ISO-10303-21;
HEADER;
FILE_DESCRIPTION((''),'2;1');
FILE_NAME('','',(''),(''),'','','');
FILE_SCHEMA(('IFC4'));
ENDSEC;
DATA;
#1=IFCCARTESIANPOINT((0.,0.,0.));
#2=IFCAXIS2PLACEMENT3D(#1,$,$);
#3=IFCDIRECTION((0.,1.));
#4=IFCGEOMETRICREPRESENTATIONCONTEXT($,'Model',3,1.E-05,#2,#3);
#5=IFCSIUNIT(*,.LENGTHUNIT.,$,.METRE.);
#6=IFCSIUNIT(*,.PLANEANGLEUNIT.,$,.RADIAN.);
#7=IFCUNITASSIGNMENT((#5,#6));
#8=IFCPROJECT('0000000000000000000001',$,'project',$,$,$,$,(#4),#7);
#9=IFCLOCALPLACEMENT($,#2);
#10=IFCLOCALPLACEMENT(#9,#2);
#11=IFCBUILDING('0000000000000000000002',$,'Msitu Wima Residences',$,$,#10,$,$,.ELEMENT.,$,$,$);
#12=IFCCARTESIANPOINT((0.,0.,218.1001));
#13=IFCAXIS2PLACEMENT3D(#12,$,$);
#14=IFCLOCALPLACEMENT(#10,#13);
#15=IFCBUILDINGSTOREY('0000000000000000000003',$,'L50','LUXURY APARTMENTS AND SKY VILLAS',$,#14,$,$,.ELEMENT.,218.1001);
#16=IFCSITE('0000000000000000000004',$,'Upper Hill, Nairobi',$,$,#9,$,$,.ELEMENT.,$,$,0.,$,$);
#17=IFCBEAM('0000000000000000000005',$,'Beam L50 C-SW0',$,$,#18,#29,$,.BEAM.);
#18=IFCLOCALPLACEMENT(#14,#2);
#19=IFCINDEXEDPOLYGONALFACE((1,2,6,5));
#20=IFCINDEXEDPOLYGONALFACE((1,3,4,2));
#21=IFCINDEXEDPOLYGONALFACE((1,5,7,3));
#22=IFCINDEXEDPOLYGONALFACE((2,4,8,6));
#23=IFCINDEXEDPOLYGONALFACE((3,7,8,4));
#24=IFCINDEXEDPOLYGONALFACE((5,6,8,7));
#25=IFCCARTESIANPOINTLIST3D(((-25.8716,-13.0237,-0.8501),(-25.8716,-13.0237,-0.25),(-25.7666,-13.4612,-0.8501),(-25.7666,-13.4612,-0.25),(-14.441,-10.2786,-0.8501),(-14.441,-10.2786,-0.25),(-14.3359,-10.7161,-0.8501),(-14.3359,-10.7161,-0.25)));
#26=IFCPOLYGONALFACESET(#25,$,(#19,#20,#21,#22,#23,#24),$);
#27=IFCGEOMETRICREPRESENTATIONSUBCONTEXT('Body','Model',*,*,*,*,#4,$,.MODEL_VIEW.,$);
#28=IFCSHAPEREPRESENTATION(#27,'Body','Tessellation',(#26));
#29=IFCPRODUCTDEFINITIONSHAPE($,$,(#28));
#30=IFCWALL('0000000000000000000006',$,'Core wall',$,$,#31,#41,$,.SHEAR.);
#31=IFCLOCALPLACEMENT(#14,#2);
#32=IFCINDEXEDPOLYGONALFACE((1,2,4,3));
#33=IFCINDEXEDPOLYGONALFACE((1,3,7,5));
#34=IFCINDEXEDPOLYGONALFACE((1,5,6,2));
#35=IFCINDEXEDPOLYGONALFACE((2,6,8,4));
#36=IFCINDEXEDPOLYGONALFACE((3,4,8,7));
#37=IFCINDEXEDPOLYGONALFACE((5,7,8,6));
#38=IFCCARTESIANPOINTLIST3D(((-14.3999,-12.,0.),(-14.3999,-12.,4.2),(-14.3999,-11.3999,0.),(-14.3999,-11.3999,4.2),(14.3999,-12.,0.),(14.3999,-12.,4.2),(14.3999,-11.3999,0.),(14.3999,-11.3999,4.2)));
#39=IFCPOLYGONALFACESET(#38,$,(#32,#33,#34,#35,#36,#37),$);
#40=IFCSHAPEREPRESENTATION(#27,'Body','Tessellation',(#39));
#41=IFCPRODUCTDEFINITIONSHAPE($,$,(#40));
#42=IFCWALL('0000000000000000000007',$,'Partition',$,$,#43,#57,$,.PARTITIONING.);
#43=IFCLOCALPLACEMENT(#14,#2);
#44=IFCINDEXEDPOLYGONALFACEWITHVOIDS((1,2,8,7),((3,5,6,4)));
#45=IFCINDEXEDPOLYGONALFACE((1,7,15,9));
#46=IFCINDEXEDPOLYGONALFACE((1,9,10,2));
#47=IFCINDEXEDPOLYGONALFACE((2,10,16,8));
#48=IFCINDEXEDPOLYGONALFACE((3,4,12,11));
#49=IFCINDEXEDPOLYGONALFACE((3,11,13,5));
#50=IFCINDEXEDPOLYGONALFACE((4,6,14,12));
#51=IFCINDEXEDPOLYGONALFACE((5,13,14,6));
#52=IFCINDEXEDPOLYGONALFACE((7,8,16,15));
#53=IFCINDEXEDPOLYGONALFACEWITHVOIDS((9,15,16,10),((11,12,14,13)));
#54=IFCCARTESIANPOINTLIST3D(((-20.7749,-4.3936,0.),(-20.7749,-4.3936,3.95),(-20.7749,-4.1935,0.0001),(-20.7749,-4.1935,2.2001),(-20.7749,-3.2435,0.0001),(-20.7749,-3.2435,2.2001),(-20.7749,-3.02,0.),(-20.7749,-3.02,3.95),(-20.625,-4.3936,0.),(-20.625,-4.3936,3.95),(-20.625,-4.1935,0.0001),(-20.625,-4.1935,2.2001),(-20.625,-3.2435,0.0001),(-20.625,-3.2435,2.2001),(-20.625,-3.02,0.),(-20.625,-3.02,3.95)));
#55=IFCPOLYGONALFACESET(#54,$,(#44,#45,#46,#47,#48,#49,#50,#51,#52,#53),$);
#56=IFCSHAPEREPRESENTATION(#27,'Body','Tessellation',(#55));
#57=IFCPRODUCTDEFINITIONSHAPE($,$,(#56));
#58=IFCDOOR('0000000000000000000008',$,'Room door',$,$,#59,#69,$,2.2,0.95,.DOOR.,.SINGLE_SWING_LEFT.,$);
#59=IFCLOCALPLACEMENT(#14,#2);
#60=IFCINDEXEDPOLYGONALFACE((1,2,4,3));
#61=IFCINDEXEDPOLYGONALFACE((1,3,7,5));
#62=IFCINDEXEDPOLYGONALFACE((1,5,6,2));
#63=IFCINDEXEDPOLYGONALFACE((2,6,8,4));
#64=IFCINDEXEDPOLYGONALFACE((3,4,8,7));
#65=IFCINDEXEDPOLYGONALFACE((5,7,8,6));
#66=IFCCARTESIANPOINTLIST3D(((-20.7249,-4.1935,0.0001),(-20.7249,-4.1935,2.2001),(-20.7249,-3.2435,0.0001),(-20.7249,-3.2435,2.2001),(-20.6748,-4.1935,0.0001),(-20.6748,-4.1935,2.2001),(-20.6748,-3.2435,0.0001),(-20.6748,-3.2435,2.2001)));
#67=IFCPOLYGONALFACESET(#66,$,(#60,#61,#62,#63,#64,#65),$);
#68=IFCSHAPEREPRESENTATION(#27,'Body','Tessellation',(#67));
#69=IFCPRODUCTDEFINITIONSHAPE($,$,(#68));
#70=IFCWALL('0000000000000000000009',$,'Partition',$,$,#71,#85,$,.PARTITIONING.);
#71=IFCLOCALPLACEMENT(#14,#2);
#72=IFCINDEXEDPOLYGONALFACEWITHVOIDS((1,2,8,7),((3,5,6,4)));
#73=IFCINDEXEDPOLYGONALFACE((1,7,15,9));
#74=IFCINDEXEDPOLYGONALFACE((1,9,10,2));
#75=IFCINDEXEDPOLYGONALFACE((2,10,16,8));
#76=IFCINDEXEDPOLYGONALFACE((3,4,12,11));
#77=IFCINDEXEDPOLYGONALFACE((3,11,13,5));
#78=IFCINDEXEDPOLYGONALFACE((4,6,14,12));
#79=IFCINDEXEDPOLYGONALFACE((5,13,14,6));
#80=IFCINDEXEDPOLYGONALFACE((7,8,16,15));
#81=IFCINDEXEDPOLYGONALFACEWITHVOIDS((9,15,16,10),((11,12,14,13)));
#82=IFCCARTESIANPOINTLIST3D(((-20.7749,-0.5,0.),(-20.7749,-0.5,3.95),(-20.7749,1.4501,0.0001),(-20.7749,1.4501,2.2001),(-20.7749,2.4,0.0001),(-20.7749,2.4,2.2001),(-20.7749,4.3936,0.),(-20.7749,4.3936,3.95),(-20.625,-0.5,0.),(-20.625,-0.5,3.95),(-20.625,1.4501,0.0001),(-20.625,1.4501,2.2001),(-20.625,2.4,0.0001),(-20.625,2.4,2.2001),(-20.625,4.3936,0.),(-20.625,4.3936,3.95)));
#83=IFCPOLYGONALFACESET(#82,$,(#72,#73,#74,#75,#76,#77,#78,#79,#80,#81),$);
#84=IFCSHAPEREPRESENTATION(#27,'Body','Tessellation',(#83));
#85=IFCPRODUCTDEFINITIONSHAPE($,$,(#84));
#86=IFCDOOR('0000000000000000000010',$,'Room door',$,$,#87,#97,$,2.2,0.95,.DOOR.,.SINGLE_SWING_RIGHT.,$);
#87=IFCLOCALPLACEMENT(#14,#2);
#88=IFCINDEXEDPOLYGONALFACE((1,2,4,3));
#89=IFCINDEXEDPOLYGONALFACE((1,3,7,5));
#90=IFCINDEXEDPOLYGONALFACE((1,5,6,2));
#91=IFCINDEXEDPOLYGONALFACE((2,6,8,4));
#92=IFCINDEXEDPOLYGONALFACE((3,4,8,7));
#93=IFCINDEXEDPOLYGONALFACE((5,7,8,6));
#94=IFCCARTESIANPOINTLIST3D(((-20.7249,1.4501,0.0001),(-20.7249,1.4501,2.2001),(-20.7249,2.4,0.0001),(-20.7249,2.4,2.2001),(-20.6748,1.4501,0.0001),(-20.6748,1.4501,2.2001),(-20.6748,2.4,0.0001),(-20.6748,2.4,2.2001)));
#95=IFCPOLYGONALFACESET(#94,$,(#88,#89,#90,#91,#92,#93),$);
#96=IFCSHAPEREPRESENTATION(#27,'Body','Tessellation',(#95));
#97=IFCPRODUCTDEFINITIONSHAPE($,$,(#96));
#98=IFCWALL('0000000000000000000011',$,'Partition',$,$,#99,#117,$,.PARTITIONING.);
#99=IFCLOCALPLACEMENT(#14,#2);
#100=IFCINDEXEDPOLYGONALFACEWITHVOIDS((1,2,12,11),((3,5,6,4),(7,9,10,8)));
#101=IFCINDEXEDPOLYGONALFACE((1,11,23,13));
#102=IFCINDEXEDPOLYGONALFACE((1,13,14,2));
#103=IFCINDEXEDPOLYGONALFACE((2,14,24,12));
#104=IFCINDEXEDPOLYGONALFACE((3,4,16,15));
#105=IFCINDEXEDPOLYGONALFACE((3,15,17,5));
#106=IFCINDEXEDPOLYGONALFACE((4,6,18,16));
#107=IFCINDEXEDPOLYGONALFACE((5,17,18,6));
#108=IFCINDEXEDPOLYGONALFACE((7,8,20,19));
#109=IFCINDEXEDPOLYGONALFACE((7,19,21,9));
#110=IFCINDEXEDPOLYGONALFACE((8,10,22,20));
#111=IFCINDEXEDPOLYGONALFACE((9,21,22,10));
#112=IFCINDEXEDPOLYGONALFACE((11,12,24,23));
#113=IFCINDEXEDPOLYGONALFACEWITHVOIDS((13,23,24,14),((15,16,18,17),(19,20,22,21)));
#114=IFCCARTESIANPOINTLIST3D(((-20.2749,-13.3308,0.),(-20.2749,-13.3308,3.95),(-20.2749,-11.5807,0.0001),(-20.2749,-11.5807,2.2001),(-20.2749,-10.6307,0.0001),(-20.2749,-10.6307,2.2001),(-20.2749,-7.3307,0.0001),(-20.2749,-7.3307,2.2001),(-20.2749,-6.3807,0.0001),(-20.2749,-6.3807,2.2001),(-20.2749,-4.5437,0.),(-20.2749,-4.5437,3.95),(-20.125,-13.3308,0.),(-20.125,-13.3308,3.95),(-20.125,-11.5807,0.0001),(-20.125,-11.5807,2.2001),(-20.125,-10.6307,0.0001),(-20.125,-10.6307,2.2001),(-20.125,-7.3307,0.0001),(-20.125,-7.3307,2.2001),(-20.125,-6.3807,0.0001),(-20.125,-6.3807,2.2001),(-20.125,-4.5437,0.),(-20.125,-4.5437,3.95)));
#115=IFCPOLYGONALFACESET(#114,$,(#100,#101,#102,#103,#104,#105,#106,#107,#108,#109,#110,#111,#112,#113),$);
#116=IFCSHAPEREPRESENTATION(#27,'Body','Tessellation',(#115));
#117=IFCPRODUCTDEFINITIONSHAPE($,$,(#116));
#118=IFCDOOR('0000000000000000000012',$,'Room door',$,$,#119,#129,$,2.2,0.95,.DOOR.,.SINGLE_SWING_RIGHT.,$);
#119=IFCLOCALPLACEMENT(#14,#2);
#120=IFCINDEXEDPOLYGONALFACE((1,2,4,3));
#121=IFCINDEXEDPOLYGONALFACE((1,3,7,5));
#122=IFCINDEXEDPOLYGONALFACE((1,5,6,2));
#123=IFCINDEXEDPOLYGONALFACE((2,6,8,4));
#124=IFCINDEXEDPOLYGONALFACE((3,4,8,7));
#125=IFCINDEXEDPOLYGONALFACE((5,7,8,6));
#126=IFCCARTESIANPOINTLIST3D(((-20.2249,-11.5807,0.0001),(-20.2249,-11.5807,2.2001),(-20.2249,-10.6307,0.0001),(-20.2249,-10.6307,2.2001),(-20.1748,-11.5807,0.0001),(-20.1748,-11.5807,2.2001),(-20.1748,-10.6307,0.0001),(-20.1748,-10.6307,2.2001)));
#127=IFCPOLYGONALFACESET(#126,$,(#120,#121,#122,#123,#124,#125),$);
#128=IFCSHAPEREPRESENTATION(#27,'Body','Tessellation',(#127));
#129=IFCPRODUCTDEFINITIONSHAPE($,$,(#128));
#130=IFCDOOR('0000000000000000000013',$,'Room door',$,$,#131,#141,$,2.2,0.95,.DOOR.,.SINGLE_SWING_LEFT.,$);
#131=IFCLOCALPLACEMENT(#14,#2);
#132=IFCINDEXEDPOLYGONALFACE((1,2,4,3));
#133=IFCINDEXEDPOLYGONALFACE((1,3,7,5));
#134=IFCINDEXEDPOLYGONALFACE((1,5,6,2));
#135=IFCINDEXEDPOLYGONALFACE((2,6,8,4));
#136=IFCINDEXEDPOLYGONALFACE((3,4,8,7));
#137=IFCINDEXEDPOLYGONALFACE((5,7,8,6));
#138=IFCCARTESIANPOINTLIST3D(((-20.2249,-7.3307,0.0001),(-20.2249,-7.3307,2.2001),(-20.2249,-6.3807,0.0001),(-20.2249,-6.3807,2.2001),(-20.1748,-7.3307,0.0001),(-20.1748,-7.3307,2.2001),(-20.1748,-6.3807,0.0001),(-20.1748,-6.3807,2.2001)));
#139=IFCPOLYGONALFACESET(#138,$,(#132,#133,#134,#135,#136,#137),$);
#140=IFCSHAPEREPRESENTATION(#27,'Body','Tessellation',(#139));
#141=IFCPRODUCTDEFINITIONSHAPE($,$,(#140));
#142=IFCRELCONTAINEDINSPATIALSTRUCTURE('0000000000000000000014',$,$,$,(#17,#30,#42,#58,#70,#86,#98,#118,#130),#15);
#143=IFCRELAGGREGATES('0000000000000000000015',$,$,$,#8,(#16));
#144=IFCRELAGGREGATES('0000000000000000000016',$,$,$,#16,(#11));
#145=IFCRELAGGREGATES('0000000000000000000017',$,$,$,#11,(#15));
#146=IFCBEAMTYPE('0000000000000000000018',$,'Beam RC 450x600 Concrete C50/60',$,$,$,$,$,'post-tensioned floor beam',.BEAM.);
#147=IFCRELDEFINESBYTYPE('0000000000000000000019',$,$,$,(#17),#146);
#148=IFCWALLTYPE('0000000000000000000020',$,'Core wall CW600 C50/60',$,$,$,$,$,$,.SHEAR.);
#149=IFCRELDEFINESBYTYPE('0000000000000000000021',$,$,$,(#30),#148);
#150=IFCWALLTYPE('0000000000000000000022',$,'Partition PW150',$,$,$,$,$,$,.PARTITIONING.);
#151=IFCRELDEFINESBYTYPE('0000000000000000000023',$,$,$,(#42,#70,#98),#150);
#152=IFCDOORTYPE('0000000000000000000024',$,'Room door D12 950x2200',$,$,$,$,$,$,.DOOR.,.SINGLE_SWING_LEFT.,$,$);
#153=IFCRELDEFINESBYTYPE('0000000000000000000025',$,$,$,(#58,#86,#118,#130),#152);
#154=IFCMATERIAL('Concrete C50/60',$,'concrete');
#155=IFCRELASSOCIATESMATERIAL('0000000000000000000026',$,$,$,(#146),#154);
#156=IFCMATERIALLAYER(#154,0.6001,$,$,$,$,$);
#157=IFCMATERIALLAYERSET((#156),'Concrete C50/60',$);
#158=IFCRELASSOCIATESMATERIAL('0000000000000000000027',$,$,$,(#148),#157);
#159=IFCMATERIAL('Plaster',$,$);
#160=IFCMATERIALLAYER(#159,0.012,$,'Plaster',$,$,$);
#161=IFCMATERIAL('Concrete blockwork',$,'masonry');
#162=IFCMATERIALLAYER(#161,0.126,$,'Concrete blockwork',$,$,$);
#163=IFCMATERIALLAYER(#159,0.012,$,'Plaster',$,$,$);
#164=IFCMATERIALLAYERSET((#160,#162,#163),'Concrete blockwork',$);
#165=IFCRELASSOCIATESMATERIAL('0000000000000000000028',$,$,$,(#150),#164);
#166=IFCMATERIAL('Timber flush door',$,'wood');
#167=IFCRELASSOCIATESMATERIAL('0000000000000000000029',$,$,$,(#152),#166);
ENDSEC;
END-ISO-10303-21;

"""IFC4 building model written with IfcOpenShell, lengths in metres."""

from ifc_helpers import new_model, si_unit, direction, frame, frame_2d, origin, origin_2d, place, context, subcontext, project, spatial, rectangle, extrude, material, layer, layer_set, material_profile, profile_set, type_object, element, fill, save


model = new_model("IFC4")

# Units and contexts
model_context = context("Model", 3, precision=1e-05, world=origin(), true_north=direction((0.0, 1.0)))
body_context = subcontext(model_context, "Body", "Model", "MODEL_VIEW")
ifc_project = project(units=[si_unit("LENGTHUNIT", "METRE"), si_unit("PLANEANGLEUNIT", "RADIAN")], contexts=[model_context])

# Site, building, storey
site_placement = place(None, origin())
site = spatial("IfcSite", under=ifc_project, at=site_placement, Name="Upper Hill, Nairobi", CompositionType="ELEMENT", RefElevation=0.0)
building_placement = place(site_placement, origin())
building = spatial("IfcBuilding", under=site, at=building_placement, Name="Msitu Wima Residences", CompositionType="ELEMENT")
storey_placement = place(building_placement, frame((0.0, 0.0, 218.1001)))
storey = spatial("IfcBuildingStorey", under=building, at=storey_placement, Name="L50", Description="LUXURY APARTMENTS AND SKY VILLAS", CompositionType="ELEMENT", Elevation=218.1001)

# Beam
ifc_material_1 = material(Name="Concrete C50/60", Category="concrete")
ifc_material_profile = material_profile(ifc_material_1, rectangle(XDim=0.45, YDim=0.6001, at=origin_2d()), Name="RC 450x600")
ifc_profile_set = profile_set([ifc_material_profile], Name="Concrete C50/60")
beam_type = type_object("IfcBeamType", Name="Beam RC 450x600 Concrete C50/60", ElementType="post-tensioned floor beam", PredefinedType="BEAM", material=ifc_profile_set)
beam_placement = place(storey_placement, frame((-25.8191, -13.2424, -0.55), z_axis=(0.972353, 0.233514, 0.0), x_axis=(-0.233514, 0.972353, 0.0)))
element("IfcBeam", 1, at=beam_placement, inside=storey, type_object=beam_type, Name="Beam L50 C-SW0", PredefinedType="BEAM", context=body_context, shape_type="SweptSolid", body=[
    extrude(rectangle(XDim=0.45, YDim=0.6001, at=origin_2d()), origin(), (0.0, 0.0, 1.0), 11.7556),
])

# Wall
ifc_layer_1 = layer(ifc_material_1, 0.6001)
ifc_layer_set_1 = layer_set([ifc_layer_1], Name="Concrete C50/60")
wall_type_1 = type_object("IfcWallType", Name="Core wall CW600 C50/60", PredefinedType="SHEAR", material=ifc_layer_set_1)
wall_1_placement = place(storey_placement, frame((-14.3999, -11.7, 0.0), z_axis=(0.0, 0.0, 1.0), x_axis=(1.0, 0.0, 0.0)))
element("IfcWall", 2, at=wall_1_placement, inside=storey, type_object=wall_type_1, Name="Core wall", PredefinedType="SHEAR", context=body_context, shape_type="SweptSolid", body=[
    extrude(rectangle(XDim=28.7998, YDim=0.6001, at=frame_2d((14.3999, 0.0))), origin(), (0.0, 0.0, 1.0), 4.2),
])

# Walls, openings, doors
ifc_material_2 = material(Name="Plaster")
ifc_layer_2 = layer(ifc_material_2, 0.012, Name="Plaster")
ifc_material_3 = material(Name="Concrete blockwork", Category="masonry")
ifc_layer_3 = layer(ifc_material_3, 0.126, Name="Concrete blockwork")
ifc_layer_4 = layer(ifc_material_2, 0.012, Name="Plaster")
ifc_layer_set_2 = layer_set([ifc_layer_2, ifc_layer_3, ifc_layer_4], Name="Concrete blockwork")
wall_type_2 = type_object("IfcWallType", Name="Partition PW150", PredefinedType="PARTITIONING", material=ifc_layer_set_2)
wall_2_placement = place(storey_placement, frame((-20.7, -4.3936, 0.0), z_axis=(0.0, 0.0, 1.0), x_axis=(0.0, 1.0, 0.0)))
wall_2 = element("IfcWall", 3, at=wall_2_placement, inside=storey, type_object=wall_type_2, Name="Partition", PredefinedType="PARTITIONING", context=body_context, shape_type="SweptSolid", body=[
    extrude(rectangle(XDim=1.3735, YDim=0.1499, at=frame_2d((0.6868, 0.0))), origin(), (0.0, 0.0, 1.0), 3.95),
])
opening_1_placement = place(wall_2_placement, frame((0.2, 0.0, 0.0)))
opening_1 = element("IfcOpeningElement", 4, at=opening_1_placement, cuts=wall_2, PredefinedType="OPENING", context=body_context, shape_type="SweptSolid", body=[
    extrude(rectangle(XDim=0.95, YDim=2.2, at=frame_2d((0.4751, 1.1001))), frame((0.0, 0.085, 0.0), z_axis=(0.0, -1.0, 0.0), x_axis=(1.0, 0.0, 0.0)), (0.0, 0.0, 1.0), 0.1699),
])
ifc_material_4 = material(Name="Timber flush door", Category="wood")
door_type_1 = type_object("IfcDoorType", Name="Room door D12 950x2200", OperationType="SINGLE_SWING_LEFT", PredefinedType="DOOR", material=ifc_material_4)
door_1_placement = place(opening_1_placement, origin())
door_1 = element("IfcDoor", 5, at=door_1_placement, inside=storey, type_object=door_type_1, Name="Room door", OperationType="SINGLE_SWING_LEFT", OverallHeight=2.2, OverallWidth=0.95, PredefinedType="DOOR", context=body_context, shape_type="SweptSolid", body=[
    extrude(rectangle(XDim=0.95, YDim=2.2, at=frame_2d((0.4751, 1.1001))), frame((0.0, 0.0249, 0.0), z_axis=(0.0, -1.0, 0.0), x_axis=(1.0, 0.0, 0.0)), (0.0, 0.0, 1.0), 0.05),
])
fill(opening_1, door_1)
wall_3_placement = place(storey_placement, frame((-20.7, -0.5, 0.0), z_axis=(0.0, 0.0, 1.0), x_axis=(0.0, 1.0, 0.0)))
wall_3 = element("IfcWall", 6, at=wall_3_placement, inside=storey, type_object=wall_type_2, Name="Partition", PredefinedType="PARTITIONING", context=body_context, shape_type="SweptSolid", body=[
    extrude(rectangle(XDim=4.8936, YDim=0.1499, at=frame_2d((2.4468, 0.0))), origin(), (0.0, 0.0, 1.0), 3.95),
])
opening_2_placement = place(wall_3_placement, frame((1.95, 0.0, 0.0)))
opening_2 = element("IfcOpeningElement", 7, at=opening_2_placement, cuts=wall_3, PredefinedType="OPENING", context=body_context, shape_type="SweptSolid", body=[
    extrude(rectangle(XDim=0.95, YDim=2.2, at=frame_2d((0.4751, 1.1001))), frame((0.0, 0.085, 0.0), z_axis=(0.0, -1.0, 0.0), x_axis=(1.0, 0.0, 0.0)), (0.0, 0.0, 1.0), 0.1699),
])
door_2_placement = place(opening_2_placement, origin())
door_2 = element("IfcDoor", 8, at=door_2_placement, inside=storey, type_object=door_type_1, Name="Room door", OperationType="SINGLE_SWING_RIGHT", OverallHeight=2.2, OverallWidth=0.95, PredefinedType="DOOR", context=body_context, shape_type="SweptSolid", body=[
    extrude(rectangle(XDim=0.95, YDim=2.2, at=frame_2d((0.4751, 1.1001))), frame((0.0, 0.0249, 0.0), z_axis=(0.0, -1.0, 0.0), x_axis=(1.0, 0.0, 0.0)), (0.0, 0.0, 1.0), 0.05),
])
fill(opening_2, door_2)

# Wall, openings, doors
wall_4_placement = place(storey_placement, frame((-20.2, -13.3308, 0.0), z_axis=(0.0, 0.0, 1.0), x_axis=(0.0, 1.0, 0.0)))
wall_4 = element("IfcWall", 9, at=wall_4_placement, inside=storey, type_object=wall_type_2, Name="Partition", PredefinedType="PARTITIONING", context=body_context, shape_type="SweptSolid", body=[
    extrude(rectangle(XDim=8.7871, YDim=0.1499, at=frame_2d((4.3936, 0.0))), origin(), (0.0, 0.0, 1.0), 3.95),
])
opening_3_placement = place(wall_4_placement, frame((1.75, 0.0, 0.0)))
opening_3 = element("IfcOpeningElement", 10, at=opening_3_placement, cuts=wall_4, PredefinedType="OPENING", context=body_context, shape_type="SweptSolid", body=[
    extrude(rectangle(XDim=0.95, YDim=2.2, at=frame_2d((0.4751, 1.1001))), frame((0.0, 0.085, 0.0), z_axis=(0.0, -1.0, 0.0), x_axis=(1.0, 0.0, 0.0)), (0.0, 0.0, 1.0), 0.1699),
])
opening_4_placement = place(wall_4_placement, frame((6.0, 0.0, 0.0)))
opening_4 = element("IfcOpeningElement", 11, at=opening_4_placement, cuts=wall_4, PredefinedType="OPENING", context=body_context, shape_type="SweptSolid", body=[
    extrude(rectangle(XDim=0.95, YDim=2.2, at=frame_2d((0.4751, 1.1001))), frame((0.0, 0.085, 0.0), z_axis=(0.0, -1.0, 0.0), x_axis=(1.0, 0.0, 0.0)), (0.0, 0.0, 1.0), 0.1699),
])
door_3_placement = place(opening_3_placement, origin())
door_3 = element("IfcDoor", 12, at=door_3_placement, inside=storey, type_object=door_type_1, Name="Room door", OperationType="SINGLE_SWING_RIGHT", OverallHeight=2.2, OverallWidth=0.95, PredefinedType="DOOR", context=body_context, shape_type="SweptSolid", body=[
    extrude(rectangle(XDim=0.95, YDim=2.2, at=frame_2d((0.4751, 1.1001))), frame((0.0, 0.0249, 0.0), z_axis=(0.0, -1.0, 0.0), x_axis=(1.0, 0.0, 0.0)), (0.0, 0.0, 1.0), 0.05),
])
fill(opening_3, door_3)
door_4_placement = place(opening_4_placement, origin())
door_4 = element("IfcDoor", 13, at=door_4_placement, inside=storey, type_object=door_type_1, Name="Room door", OperationType="SINGLE_SWING_LEFT", OverallHeight=2.2, OverallWidth=0.95, PredefinedType="DOOR", context=body_context, shape_type="SweptSolid", body=[
    extrude(rectangle(XDim=0.95, YDim=2.2, at=frame_2d((0.4751, 1.1001))), frame((0.0, 0.0249, 0.0), z_axis=(0.0, -1.0, 0.0), x_axis=(1.0, 0.0, 0.0)), (0.0, 0.0, 1.0), 0.05),
])
fill(opening_4, door_4)

save(model, "model.ifc")
